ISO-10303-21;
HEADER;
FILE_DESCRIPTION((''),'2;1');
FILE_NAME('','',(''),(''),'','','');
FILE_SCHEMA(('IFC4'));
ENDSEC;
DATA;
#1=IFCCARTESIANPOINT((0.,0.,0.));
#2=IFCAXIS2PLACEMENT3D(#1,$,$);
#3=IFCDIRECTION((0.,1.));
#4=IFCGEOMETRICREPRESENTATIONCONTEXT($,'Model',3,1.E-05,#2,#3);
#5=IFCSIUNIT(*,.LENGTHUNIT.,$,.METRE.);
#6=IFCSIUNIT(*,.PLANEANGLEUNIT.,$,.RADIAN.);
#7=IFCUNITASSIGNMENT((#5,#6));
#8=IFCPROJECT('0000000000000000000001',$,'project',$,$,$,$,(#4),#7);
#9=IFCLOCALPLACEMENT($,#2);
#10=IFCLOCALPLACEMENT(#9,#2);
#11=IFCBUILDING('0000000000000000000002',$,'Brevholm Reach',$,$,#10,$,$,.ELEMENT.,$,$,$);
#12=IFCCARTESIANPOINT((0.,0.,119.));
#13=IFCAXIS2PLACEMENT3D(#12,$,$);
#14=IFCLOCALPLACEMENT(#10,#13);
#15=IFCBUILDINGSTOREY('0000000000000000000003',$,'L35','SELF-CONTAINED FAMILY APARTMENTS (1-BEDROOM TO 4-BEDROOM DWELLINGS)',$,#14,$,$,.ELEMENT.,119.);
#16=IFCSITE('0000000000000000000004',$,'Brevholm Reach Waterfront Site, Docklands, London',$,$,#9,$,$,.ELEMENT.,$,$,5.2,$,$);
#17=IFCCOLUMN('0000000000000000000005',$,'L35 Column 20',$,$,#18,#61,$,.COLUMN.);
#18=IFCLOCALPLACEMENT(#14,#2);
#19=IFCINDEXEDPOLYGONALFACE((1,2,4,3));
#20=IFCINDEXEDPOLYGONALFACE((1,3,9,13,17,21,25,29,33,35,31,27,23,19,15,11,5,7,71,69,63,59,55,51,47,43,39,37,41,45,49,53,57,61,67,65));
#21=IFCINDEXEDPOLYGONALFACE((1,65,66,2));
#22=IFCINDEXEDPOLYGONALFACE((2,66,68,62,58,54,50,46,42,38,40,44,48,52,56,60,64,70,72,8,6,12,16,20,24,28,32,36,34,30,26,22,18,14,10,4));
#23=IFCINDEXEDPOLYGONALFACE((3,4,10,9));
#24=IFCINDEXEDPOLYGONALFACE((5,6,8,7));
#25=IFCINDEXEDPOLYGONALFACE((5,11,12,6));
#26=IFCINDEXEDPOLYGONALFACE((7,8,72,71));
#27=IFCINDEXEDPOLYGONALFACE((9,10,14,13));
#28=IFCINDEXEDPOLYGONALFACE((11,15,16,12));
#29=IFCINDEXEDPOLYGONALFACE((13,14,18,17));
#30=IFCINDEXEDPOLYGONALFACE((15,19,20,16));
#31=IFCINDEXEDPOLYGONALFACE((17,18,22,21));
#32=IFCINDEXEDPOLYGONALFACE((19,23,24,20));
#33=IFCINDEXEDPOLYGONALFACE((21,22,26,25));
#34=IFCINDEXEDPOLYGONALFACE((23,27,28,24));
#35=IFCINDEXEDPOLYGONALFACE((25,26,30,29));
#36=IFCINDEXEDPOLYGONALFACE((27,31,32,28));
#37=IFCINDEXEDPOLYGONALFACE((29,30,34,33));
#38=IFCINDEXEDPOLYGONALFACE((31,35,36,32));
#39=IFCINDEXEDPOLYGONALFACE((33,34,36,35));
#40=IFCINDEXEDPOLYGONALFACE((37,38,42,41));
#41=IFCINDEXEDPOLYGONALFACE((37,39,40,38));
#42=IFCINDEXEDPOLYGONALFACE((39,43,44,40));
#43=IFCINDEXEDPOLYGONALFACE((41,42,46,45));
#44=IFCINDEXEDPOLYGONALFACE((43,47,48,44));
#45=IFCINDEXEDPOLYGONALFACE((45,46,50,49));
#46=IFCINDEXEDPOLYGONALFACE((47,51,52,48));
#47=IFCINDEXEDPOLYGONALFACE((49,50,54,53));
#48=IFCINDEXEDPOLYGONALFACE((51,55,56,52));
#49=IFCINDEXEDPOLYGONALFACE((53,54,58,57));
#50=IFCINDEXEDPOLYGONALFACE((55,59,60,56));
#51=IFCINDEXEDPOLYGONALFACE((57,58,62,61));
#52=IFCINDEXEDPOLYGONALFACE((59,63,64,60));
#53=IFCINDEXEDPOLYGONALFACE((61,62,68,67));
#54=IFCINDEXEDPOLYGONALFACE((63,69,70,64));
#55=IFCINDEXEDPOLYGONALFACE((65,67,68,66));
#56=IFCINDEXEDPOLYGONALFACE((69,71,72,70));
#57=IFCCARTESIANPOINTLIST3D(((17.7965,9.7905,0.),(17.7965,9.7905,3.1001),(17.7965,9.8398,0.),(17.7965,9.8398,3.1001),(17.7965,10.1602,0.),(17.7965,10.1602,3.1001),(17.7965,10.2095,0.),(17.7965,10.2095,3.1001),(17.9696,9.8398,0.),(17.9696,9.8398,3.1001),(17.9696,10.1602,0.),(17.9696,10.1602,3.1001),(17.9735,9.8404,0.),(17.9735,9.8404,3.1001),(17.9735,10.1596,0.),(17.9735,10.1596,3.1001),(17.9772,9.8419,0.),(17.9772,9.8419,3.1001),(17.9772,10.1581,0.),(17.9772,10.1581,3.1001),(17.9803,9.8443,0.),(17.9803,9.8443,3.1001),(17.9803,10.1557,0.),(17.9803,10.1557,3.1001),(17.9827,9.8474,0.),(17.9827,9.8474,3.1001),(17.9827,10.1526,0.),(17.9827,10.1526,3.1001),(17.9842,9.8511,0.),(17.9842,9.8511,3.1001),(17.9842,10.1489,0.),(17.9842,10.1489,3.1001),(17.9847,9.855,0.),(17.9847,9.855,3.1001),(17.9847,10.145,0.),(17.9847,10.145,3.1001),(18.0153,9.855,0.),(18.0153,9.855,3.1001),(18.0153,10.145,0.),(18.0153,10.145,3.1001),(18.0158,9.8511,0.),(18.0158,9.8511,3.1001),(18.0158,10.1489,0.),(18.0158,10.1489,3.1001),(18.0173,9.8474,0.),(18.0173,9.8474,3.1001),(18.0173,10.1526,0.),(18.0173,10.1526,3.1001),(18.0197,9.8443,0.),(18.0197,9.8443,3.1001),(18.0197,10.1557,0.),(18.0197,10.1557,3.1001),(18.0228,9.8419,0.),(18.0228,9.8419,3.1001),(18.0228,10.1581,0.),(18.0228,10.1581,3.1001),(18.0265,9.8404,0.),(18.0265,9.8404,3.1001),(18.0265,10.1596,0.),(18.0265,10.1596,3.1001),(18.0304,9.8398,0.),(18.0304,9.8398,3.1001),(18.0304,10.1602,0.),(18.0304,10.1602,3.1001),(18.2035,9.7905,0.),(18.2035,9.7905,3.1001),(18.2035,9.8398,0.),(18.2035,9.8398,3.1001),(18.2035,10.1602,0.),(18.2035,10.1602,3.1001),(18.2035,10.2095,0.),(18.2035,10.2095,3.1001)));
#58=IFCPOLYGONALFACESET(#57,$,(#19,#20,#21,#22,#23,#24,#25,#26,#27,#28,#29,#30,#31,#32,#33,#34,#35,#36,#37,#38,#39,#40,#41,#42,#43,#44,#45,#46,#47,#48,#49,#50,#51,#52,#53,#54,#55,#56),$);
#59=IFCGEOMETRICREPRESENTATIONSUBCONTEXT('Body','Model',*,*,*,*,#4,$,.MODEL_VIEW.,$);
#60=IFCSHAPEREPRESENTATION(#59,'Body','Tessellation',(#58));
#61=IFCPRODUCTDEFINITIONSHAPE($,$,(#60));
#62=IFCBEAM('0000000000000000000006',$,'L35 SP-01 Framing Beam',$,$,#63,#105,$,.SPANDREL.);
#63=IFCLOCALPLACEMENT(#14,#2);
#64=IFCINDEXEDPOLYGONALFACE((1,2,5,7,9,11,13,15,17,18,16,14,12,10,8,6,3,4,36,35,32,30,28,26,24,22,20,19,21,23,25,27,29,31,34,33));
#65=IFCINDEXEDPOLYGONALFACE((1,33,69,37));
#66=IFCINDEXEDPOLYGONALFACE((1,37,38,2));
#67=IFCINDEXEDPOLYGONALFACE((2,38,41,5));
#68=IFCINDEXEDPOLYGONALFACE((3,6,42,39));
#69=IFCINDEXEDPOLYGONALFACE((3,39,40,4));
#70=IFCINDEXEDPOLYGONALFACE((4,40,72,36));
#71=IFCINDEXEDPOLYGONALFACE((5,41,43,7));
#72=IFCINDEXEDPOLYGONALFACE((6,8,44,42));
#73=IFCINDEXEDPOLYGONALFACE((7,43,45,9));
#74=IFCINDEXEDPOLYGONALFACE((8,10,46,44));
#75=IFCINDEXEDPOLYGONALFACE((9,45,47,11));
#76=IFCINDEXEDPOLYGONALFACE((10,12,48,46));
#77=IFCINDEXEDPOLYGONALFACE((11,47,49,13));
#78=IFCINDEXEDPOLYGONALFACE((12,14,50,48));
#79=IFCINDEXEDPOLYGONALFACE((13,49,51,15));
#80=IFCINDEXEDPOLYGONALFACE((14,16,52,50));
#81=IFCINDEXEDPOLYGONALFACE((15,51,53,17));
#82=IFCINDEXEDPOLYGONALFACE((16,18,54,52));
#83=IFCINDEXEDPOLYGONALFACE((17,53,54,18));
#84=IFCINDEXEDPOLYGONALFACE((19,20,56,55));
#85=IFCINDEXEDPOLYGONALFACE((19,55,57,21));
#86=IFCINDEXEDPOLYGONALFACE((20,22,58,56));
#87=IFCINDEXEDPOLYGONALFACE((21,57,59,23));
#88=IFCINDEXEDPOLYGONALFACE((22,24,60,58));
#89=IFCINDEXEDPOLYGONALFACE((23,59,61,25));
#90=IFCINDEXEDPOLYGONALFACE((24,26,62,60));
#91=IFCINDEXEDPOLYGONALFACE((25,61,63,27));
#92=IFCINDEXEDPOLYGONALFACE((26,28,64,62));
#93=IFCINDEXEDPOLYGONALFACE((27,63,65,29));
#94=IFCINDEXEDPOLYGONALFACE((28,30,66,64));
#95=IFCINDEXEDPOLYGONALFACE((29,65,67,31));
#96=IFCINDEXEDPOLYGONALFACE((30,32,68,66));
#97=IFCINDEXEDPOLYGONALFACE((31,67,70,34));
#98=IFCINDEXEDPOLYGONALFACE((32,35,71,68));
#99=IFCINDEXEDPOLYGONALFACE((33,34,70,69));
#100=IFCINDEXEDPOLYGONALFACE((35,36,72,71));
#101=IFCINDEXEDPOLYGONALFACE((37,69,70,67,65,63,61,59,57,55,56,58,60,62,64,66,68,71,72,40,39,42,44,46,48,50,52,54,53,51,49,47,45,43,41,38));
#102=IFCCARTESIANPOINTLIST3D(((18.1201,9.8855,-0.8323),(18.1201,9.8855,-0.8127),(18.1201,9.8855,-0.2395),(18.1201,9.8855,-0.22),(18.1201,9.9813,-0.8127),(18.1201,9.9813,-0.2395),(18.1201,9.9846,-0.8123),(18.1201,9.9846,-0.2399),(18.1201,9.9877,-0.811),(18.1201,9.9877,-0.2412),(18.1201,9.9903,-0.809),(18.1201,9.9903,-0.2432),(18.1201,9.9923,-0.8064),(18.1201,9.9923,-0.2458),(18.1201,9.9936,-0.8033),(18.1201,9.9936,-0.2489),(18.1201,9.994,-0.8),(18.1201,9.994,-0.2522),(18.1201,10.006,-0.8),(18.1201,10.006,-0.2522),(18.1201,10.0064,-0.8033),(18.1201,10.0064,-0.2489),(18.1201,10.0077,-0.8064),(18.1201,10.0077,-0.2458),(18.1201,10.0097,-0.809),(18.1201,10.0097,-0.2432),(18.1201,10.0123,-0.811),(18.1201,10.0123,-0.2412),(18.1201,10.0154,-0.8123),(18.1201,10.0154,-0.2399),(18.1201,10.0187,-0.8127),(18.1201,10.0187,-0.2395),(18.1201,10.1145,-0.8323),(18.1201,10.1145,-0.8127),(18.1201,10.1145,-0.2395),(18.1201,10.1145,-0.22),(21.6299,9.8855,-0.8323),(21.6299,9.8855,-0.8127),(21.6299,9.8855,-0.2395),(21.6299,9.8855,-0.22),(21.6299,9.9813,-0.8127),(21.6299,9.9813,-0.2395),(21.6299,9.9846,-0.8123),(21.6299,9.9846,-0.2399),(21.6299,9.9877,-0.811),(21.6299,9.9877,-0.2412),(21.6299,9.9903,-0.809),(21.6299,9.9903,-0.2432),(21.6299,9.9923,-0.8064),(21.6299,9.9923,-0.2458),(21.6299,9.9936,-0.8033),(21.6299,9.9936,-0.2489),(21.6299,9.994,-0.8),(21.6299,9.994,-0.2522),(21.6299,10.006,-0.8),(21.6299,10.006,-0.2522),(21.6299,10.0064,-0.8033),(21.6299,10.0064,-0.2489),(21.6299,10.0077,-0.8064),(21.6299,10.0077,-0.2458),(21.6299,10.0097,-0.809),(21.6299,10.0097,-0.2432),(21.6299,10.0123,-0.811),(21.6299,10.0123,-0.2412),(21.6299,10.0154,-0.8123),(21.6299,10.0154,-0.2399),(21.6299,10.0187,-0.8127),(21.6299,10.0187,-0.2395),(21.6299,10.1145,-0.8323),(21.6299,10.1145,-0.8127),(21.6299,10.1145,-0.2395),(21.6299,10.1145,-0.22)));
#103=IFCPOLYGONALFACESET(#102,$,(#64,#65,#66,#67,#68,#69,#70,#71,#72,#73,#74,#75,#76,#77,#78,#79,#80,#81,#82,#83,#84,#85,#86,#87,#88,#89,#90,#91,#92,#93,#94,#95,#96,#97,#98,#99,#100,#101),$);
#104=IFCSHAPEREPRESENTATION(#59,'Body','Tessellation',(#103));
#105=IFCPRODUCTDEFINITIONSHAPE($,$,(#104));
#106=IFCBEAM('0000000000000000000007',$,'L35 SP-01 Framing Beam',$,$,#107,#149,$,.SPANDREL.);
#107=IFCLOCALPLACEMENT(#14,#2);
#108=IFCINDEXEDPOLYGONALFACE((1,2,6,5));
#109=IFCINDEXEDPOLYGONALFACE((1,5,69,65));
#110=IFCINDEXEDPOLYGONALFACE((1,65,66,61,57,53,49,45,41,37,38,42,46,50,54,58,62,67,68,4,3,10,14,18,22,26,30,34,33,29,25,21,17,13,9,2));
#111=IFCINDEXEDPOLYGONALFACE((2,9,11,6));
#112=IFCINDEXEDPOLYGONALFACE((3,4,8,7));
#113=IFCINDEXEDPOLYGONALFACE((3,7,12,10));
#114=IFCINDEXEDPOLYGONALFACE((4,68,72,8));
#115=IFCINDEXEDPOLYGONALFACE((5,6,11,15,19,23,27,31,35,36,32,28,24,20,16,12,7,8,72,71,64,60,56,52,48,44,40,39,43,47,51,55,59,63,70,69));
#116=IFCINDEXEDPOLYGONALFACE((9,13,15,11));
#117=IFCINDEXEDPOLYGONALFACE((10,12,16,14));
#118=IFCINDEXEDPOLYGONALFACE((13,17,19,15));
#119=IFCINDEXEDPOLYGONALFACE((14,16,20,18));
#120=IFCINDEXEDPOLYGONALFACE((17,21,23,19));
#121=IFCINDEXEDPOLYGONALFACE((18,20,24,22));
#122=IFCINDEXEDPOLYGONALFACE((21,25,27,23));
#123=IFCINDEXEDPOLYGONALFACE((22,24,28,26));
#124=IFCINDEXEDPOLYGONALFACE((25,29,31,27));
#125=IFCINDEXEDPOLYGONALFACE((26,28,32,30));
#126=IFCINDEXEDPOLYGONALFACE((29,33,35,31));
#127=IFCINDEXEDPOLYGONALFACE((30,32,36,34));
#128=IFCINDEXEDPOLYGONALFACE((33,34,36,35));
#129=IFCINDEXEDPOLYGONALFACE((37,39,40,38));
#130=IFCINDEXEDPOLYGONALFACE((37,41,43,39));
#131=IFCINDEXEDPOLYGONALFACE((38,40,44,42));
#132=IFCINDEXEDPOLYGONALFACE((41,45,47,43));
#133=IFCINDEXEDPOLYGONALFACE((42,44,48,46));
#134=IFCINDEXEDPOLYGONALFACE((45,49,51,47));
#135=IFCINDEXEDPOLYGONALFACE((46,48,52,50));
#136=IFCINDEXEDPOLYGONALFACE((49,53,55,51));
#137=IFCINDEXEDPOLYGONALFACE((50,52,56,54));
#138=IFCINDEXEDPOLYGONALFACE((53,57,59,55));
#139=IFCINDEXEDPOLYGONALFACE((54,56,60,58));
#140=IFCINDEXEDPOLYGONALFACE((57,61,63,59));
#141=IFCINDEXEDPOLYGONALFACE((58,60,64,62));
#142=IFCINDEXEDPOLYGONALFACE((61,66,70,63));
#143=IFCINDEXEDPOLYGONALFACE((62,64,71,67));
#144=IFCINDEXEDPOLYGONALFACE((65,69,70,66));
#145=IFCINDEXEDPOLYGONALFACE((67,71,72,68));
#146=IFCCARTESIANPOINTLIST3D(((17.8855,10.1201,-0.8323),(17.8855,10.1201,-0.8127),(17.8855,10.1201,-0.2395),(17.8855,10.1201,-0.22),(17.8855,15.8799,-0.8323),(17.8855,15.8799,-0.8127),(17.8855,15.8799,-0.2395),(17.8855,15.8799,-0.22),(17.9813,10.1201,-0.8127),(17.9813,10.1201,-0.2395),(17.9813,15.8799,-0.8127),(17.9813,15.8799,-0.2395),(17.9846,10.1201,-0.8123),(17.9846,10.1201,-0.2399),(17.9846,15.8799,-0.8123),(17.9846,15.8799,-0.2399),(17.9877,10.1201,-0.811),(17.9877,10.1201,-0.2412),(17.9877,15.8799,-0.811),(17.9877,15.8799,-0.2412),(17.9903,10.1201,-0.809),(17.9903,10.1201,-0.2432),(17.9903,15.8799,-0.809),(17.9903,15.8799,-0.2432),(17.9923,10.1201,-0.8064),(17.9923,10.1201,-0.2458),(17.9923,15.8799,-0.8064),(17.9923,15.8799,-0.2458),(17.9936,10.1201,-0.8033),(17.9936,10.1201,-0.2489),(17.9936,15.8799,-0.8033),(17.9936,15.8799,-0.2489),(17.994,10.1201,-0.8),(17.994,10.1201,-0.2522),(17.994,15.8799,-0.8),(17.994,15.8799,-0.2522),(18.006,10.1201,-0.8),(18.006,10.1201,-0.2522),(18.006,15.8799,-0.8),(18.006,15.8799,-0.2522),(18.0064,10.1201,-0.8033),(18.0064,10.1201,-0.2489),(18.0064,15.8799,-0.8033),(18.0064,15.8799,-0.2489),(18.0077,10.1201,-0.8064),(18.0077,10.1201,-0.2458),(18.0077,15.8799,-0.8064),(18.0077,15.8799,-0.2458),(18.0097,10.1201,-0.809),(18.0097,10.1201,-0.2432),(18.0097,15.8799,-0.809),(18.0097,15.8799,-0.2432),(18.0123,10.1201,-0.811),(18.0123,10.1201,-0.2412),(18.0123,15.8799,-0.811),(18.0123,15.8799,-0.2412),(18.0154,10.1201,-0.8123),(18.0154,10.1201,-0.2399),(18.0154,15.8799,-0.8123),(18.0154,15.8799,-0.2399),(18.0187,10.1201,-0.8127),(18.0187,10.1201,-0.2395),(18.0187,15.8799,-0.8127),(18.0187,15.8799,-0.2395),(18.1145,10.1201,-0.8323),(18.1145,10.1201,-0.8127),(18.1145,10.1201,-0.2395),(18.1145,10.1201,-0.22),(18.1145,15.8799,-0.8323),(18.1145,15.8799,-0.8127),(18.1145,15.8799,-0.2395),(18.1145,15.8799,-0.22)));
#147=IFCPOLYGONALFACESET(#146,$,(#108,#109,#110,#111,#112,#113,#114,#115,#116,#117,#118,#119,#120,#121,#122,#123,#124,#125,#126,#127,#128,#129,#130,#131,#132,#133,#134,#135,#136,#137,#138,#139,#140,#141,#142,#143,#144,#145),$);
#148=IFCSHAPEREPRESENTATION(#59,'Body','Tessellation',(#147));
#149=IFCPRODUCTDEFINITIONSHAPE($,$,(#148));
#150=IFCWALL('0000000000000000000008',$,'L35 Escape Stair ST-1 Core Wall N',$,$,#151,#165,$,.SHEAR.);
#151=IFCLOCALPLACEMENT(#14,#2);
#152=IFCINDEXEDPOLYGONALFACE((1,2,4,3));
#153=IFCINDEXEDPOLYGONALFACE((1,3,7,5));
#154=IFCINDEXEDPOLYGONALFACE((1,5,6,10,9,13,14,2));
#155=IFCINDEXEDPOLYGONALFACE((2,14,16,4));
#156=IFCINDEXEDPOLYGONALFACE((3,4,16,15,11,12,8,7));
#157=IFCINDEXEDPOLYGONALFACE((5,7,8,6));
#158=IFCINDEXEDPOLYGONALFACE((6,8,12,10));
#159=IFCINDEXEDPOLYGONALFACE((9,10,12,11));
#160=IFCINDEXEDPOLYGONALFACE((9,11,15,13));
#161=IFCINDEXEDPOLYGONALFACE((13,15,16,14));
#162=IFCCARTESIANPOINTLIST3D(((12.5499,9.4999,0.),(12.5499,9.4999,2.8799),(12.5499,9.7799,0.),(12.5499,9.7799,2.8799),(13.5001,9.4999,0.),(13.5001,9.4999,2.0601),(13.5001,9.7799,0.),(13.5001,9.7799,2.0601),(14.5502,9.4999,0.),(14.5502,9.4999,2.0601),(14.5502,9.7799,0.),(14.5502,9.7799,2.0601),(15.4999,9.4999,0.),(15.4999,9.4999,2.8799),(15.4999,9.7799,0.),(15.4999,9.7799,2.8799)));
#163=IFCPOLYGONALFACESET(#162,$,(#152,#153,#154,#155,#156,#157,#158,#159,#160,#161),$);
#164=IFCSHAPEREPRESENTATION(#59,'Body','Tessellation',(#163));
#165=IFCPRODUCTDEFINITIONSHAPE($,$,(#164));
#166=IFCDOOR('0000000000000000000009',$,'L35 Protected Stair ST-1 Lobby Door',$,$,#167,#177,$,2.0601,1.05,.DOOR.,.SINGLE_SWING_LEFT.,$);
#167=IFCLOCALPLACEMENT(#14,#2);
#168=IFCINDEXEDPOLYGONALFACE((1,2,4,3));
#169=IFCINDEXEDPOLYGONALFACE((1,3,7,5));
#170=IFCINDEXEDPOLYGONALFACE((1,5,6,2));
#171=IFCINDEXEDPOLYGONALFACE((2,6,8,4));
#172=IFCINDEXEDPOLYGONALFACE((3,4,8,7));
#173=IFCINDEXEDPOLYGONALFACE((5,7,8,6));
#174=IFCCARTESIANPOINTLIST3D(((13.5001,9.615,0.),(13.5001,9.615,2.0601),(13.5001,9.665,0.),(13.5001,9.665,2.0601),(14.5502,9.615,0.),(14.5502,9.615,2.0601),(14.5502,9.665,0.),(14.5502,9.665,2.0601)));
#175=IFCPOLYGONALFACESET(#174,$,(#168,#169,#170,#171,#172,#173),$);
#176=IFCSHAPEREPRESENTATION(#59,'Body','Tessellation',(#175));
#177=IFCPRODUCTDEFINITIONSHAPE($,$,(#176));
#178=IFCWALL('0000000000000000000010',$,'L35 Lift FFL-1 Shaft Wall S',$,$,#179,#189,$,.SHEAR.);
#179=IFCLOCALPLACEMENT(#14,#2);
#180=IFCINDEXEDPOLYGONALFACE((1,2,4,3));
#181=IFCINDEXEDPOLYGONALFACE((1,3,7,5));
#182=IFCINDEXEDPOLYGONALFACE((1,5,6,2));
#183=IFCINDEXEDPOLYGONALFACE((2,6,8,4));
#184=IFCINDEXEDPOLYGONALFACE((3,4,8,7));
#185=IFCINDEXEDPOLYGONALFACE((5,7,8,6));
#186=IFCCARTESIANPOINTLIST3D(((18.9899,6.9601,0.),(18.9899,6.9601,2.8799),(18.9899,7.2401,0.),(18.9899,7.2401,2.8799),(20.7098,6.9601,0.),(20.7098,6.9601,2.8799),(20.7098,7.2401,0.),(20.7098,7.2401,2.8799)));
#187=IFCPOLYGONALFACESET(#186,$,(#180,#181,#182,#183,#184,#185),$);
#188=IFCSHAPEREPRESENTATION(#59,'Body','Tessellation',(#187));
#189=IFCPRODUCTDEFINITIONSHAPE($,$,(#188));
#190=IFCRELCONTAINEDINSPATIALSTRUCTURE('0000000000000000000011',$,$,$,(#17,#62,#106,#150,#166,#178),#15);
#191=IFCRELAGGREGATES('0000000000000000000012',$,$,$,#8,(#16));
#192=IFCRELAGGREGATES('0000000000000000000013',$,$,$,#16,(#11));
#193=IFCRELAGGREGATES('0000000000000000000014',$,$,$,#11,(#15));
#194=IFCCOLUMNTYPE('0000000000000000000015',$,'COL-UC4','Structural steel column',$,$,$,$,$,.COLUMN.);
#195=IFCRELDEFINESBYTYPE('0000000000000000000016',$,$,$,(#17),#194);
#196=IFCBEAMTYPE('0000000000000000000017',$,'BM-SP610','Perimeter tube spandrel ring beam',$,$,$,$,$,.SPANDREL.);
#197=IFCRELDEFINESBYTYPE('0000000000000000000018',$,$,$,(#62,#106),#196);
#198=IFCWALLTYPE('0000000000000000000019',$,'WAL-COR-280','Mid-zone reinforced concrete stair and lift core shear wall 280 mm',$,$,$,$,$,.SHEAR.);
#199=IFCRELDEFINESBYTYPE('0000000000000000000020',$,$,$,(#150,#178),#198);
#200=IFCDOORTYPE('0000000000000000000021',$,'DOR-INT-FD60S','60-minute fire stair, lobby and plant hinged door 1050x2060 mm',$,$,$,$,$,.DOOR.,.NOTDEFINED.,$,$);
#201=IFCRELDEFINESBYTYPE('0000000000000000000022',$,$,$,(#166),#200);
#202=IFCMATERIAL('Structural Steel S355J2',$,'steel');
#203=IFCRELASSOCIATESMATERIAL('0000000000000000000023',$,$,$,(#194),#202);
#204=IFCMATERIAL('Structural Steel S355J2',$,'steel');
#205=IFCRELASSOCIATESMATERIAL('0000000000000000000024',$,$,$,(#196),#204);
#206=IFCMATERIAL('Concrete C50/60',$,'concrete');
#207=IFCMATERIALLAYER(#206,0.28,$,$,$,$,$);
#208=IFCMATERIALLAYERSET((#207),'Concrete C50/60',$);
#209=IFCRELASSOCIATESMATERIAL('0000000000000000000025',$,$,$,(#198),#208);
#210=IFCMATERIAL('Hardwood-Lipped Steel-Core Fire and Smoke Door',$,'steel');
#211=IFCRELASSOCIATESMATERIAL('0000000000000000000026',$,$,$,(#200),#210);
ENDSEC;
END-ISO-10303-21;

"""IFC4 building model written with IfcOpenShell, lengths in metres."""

from ifc_helpers import new_model, si_unit, direction, frame, frame_2d, origin, origin_2d, place, context, subcontext, project, spatial, rectangle, i_section, extrude, material, layer, layer_set, material_profile, profile_set, type_object, element, fill, save


model = new_model("IFC4")

# Units and contexts
model_context = context("Model", 3, precision=1e-05, world=origin(), true_north=direction((0.0, 1.0)))
body_context = subcontext(model_context, "Body", "Model", "MODEL_VIEW")
ifc_project = project(units=[si_unit("LENGTHUNIT", "METRE"), si_unit("PLANEANGLEUNIT", "RADIAN")], contexts=[model_context])

# Site, building, storey
site_placement = place(None, origin())
site = spatial("IfcSite", under=ifc_project, at=site_placement, Name="Brevholm Reach Waterfront Site, Docklands, London", CompositionType="ELEMENT", RefElevation=5.2)
building_placement = place(site_placement, origin())
building = spatial("IfcBuilding", under=site, at=building_placement, Name="Brevholm Reach", CompositionType="ELEMENT")
storey_placement = place(building_placement, frame((0.0, 0.0, 119.0)))
storey = spatial("IfcBuildingStorey", under=building, at=storey_placement, Name="L35", Description="SELF-CONTAINED FAMILY APARTMENTS (1-BEDROOM TO 4-BEDROOM DWELLINGS)", CompositionType="ELEMENT", Elevation=119.0)

# Column
ifc_material_1 = material(Name="Structural Steel S355J2", Category="steel")
ifc_material_profile_1 = material_profile(ifc_material_1, i_section(OverallWidth=0.407, OverallDepth=0.4189, WebThickness=0.0305, FlangeThickness=0.0493, FilletRadius=0.0151, at=origin_2d()), Name="UKC 356x406x393")
ifc_profile_set_1 = profile_set([ifc_material_profile_1], Name="Structural Steel S355J2")
column_type = type_object("IfcColumnType", Name="COL-UC4", Description="Structural steel column", PredefinedType="COLUMN", material=ifc_profile_set_1)
column_placement = place(storey_placement, frame((18.0, 10.0, 0.0), z_axis=(0.0, 0.0, 1.0), x_axis=(1.0, 0.0, 0.0)))
element("IfcColumn", 1, at=column_placement, inside=storey, type_object=column_type, Name="L35 Column 20", PredefinedType="COLUMN", context=body_context, shape_type="SweptSolid", body=[
    extrude(i_section(OverallWidth=0.407, OverallDepth=0.4189, WebThickness=0.0305, FlangeThickness=0.0493, FilletRadius=0.0151, at=origin_2d()), origin(), (0.0, 0.0, 1.0), 3.1001),
])

# Beams
ifc_material_2 = material(Name="Structural Steel S355J2", Category="steel")
ifc_material_profile_2 = material_profile(ifc_material_2, i_section(OverallWidth=0.229, OverallDepth=0.6123, WebThickness=0.012, FlangeThickness=0.0195, FilletRadius=0.0127, at=origin_2d()), Name="UKB 610x229x125")
ifc_profile_set_2 = profile_set([ifc_material_profile_2], Name="Structural Steel S355J2")
beam_type = type_object("IfcBeamType", Name="BM-SP610", Description="Perimeter tube spandrel ring beam", PredefinedType="SPANDREL", material=ifc_profile_set_2)
beam_1_placement = place(storey_placement, frame((18.1201, 10.0, -0.5261), z_axis=(1.0, 0.0, 0.0), x_axis=(0.0, 1.0, 0.0)))
element("IfcBeam", 2, at=beam_1_placement, inside=storey, type_object=beam_type, Name="L35 SP-01 Framing Beam", PredefinedType="SPANDREL", context=body_context, shape_type="SweptSolid", body=[
    extrude(i_section(OverallWidth=0.229, OverallDepth=0.6123, WebThickness=0.012, FlangeThickness=0.0195, FilletRadius=0.0127, at=origin_2d()), origin(), (0.0, 0.0, 1.0), 3.5098),
])
beam_2_placement = place(storey_placement, frame((18.0, 10.1201, -0.5261), z_axis=(0.0, 1.0, 0.0), x_axis=(-1.0, 0.0, 0.0)))
element("IfcBeam", 3, at=beam_2_placement, inside=storey, type_object=beam_type, Name="L35 SP-01 Framing Beam", PredefinedType="SPANDREL", context=body_context, shape_type="SweptSolid", body=[
    extrude(i_section(OverallWidth=0.229, OverallDepth=0.6123, WebThickness=0.012, FlangeThickness=0.0195, FilletRadius=0.0127, at=origin_2d()), origin(), (0.0, 0.0, 1.0), 5.7598),
])

# Wall, opening, door
ifc_material_3 = material(Name="Concrete C50/60", Category="concrete")
ifc_layer_1 = layer(ifc_material_3, 0.28)
ifc_layer_set_1 = layer_set([ifc_layer_1], Name="Concrete C50/60")
wall_type_1 = type_object("IfcWallType", Name="WAL-COR-280", Description="Mid-zone reinforced concrete stair and lift core shear wall 280 mm", PredefinedType="SHEAR", material=ifc_layer_set_1)
wall_1_placement = place(storey_placement, frame((15.5, 9.6399, 0.0), z_axis=(0.0, 0.0, 1.0), x_axis=(-1.0, 0.0, 0.0)))
wall_1 = element("IfcWall", 4, at=wall_1_placement, inside=storey, type_object=wall_type_1, Name="L35 Escape Stair ST-1 Core Wall N", PredefinedType="SHEAR", context=body_context, shape_type="SweptSolid", body=[
    extrude(rectangle(XDim=2.95, YDim=0.28, at=frame_2d((1.4751, 0.0))), origin(), (0.0, 0.0, 1.0), 2.8799),
])
opening_1_placement = place(wall_1_placement, frame((0.95, 0.0, 0.0)))
opening_1 = element("IfcOpeningElement", 5, at=opening_1_placement, cuts=wall_1, PredefinedType="OPENING", context=body_context, shape_type="SweptSolid", body=[
    extrude(rectangle(XDim=1.05, YDim=2.0601, at=frame_2d((0.5249, 1.03))), frame((0.0, 0.1499, 0.0), z_axis=(0.0, -1.0, 0.0), x_axis=(1.0, 0.0, 0.0)), (0.0, 0.0, 1.0), 0.3),
])
ifc_material_4 = material(Name="Hardwood-Lipped Steel-Core Fire and Smoke Door", Category="steel")
door_type_1 = type_object("IfcDoorType", Name="DOR-INT-FD60S", Description="60-minute fire stair, lobby and plant hinged door 1050x2060 mm", OperationType="NOTDEFINED", PredefinedType="DOOR", material=ifc_material_4)
door_1_placement = place(opening_1_placement, origin())
door_1 = element("IfcDoor", 6, at=door_1_placement, inside=storey, type_object=door_type_1, Name="L35 Protected Stair ST-1 Lobby Door", OperationType="SINGLE_SWING_LEFT", OverallHeight=2.0601, OverallWidth=1.05, PredefinedType="DOOR", context=body_context, shape_type="SweptSolid", body=[
    extrude(rectangle(XDim=1.05, YDim=2.0601, at=frame_2d((0.5249, 1.03))), frame((0.0, 0.0249, 0.0), z_axis=(0.0, -1.0, 0.0), x_axis=(1.0, 0.0, 0.0)), (0.0, 0.0, 1.0), 0.05),
])
fill(opening_1, door_1)

# Wall
wall_2_placement = place(storey_placement, frame((18.99, 7.1001, 0.0), z_axis=(0.0, 0.0, 1.0), x_axis=(1.0, 0.0, 0.0)))
element("IfcWall", 7, at=wall_2_placement, inside=storey, type_object=wall_type_1, Name="L35 Lift FFL-1 Shaft Wall S", PredefinedType="SHEAR", context=body_context, shape_type="SweptSolid", body=[
    extrude(rectangle(XDim=1.72, YDim=0.28, at=frame_2d((0.8599, 0.0))), origin(), (0.0, 0.0, 1.0), 2.8799),
])

save(model, "model.ifc")
